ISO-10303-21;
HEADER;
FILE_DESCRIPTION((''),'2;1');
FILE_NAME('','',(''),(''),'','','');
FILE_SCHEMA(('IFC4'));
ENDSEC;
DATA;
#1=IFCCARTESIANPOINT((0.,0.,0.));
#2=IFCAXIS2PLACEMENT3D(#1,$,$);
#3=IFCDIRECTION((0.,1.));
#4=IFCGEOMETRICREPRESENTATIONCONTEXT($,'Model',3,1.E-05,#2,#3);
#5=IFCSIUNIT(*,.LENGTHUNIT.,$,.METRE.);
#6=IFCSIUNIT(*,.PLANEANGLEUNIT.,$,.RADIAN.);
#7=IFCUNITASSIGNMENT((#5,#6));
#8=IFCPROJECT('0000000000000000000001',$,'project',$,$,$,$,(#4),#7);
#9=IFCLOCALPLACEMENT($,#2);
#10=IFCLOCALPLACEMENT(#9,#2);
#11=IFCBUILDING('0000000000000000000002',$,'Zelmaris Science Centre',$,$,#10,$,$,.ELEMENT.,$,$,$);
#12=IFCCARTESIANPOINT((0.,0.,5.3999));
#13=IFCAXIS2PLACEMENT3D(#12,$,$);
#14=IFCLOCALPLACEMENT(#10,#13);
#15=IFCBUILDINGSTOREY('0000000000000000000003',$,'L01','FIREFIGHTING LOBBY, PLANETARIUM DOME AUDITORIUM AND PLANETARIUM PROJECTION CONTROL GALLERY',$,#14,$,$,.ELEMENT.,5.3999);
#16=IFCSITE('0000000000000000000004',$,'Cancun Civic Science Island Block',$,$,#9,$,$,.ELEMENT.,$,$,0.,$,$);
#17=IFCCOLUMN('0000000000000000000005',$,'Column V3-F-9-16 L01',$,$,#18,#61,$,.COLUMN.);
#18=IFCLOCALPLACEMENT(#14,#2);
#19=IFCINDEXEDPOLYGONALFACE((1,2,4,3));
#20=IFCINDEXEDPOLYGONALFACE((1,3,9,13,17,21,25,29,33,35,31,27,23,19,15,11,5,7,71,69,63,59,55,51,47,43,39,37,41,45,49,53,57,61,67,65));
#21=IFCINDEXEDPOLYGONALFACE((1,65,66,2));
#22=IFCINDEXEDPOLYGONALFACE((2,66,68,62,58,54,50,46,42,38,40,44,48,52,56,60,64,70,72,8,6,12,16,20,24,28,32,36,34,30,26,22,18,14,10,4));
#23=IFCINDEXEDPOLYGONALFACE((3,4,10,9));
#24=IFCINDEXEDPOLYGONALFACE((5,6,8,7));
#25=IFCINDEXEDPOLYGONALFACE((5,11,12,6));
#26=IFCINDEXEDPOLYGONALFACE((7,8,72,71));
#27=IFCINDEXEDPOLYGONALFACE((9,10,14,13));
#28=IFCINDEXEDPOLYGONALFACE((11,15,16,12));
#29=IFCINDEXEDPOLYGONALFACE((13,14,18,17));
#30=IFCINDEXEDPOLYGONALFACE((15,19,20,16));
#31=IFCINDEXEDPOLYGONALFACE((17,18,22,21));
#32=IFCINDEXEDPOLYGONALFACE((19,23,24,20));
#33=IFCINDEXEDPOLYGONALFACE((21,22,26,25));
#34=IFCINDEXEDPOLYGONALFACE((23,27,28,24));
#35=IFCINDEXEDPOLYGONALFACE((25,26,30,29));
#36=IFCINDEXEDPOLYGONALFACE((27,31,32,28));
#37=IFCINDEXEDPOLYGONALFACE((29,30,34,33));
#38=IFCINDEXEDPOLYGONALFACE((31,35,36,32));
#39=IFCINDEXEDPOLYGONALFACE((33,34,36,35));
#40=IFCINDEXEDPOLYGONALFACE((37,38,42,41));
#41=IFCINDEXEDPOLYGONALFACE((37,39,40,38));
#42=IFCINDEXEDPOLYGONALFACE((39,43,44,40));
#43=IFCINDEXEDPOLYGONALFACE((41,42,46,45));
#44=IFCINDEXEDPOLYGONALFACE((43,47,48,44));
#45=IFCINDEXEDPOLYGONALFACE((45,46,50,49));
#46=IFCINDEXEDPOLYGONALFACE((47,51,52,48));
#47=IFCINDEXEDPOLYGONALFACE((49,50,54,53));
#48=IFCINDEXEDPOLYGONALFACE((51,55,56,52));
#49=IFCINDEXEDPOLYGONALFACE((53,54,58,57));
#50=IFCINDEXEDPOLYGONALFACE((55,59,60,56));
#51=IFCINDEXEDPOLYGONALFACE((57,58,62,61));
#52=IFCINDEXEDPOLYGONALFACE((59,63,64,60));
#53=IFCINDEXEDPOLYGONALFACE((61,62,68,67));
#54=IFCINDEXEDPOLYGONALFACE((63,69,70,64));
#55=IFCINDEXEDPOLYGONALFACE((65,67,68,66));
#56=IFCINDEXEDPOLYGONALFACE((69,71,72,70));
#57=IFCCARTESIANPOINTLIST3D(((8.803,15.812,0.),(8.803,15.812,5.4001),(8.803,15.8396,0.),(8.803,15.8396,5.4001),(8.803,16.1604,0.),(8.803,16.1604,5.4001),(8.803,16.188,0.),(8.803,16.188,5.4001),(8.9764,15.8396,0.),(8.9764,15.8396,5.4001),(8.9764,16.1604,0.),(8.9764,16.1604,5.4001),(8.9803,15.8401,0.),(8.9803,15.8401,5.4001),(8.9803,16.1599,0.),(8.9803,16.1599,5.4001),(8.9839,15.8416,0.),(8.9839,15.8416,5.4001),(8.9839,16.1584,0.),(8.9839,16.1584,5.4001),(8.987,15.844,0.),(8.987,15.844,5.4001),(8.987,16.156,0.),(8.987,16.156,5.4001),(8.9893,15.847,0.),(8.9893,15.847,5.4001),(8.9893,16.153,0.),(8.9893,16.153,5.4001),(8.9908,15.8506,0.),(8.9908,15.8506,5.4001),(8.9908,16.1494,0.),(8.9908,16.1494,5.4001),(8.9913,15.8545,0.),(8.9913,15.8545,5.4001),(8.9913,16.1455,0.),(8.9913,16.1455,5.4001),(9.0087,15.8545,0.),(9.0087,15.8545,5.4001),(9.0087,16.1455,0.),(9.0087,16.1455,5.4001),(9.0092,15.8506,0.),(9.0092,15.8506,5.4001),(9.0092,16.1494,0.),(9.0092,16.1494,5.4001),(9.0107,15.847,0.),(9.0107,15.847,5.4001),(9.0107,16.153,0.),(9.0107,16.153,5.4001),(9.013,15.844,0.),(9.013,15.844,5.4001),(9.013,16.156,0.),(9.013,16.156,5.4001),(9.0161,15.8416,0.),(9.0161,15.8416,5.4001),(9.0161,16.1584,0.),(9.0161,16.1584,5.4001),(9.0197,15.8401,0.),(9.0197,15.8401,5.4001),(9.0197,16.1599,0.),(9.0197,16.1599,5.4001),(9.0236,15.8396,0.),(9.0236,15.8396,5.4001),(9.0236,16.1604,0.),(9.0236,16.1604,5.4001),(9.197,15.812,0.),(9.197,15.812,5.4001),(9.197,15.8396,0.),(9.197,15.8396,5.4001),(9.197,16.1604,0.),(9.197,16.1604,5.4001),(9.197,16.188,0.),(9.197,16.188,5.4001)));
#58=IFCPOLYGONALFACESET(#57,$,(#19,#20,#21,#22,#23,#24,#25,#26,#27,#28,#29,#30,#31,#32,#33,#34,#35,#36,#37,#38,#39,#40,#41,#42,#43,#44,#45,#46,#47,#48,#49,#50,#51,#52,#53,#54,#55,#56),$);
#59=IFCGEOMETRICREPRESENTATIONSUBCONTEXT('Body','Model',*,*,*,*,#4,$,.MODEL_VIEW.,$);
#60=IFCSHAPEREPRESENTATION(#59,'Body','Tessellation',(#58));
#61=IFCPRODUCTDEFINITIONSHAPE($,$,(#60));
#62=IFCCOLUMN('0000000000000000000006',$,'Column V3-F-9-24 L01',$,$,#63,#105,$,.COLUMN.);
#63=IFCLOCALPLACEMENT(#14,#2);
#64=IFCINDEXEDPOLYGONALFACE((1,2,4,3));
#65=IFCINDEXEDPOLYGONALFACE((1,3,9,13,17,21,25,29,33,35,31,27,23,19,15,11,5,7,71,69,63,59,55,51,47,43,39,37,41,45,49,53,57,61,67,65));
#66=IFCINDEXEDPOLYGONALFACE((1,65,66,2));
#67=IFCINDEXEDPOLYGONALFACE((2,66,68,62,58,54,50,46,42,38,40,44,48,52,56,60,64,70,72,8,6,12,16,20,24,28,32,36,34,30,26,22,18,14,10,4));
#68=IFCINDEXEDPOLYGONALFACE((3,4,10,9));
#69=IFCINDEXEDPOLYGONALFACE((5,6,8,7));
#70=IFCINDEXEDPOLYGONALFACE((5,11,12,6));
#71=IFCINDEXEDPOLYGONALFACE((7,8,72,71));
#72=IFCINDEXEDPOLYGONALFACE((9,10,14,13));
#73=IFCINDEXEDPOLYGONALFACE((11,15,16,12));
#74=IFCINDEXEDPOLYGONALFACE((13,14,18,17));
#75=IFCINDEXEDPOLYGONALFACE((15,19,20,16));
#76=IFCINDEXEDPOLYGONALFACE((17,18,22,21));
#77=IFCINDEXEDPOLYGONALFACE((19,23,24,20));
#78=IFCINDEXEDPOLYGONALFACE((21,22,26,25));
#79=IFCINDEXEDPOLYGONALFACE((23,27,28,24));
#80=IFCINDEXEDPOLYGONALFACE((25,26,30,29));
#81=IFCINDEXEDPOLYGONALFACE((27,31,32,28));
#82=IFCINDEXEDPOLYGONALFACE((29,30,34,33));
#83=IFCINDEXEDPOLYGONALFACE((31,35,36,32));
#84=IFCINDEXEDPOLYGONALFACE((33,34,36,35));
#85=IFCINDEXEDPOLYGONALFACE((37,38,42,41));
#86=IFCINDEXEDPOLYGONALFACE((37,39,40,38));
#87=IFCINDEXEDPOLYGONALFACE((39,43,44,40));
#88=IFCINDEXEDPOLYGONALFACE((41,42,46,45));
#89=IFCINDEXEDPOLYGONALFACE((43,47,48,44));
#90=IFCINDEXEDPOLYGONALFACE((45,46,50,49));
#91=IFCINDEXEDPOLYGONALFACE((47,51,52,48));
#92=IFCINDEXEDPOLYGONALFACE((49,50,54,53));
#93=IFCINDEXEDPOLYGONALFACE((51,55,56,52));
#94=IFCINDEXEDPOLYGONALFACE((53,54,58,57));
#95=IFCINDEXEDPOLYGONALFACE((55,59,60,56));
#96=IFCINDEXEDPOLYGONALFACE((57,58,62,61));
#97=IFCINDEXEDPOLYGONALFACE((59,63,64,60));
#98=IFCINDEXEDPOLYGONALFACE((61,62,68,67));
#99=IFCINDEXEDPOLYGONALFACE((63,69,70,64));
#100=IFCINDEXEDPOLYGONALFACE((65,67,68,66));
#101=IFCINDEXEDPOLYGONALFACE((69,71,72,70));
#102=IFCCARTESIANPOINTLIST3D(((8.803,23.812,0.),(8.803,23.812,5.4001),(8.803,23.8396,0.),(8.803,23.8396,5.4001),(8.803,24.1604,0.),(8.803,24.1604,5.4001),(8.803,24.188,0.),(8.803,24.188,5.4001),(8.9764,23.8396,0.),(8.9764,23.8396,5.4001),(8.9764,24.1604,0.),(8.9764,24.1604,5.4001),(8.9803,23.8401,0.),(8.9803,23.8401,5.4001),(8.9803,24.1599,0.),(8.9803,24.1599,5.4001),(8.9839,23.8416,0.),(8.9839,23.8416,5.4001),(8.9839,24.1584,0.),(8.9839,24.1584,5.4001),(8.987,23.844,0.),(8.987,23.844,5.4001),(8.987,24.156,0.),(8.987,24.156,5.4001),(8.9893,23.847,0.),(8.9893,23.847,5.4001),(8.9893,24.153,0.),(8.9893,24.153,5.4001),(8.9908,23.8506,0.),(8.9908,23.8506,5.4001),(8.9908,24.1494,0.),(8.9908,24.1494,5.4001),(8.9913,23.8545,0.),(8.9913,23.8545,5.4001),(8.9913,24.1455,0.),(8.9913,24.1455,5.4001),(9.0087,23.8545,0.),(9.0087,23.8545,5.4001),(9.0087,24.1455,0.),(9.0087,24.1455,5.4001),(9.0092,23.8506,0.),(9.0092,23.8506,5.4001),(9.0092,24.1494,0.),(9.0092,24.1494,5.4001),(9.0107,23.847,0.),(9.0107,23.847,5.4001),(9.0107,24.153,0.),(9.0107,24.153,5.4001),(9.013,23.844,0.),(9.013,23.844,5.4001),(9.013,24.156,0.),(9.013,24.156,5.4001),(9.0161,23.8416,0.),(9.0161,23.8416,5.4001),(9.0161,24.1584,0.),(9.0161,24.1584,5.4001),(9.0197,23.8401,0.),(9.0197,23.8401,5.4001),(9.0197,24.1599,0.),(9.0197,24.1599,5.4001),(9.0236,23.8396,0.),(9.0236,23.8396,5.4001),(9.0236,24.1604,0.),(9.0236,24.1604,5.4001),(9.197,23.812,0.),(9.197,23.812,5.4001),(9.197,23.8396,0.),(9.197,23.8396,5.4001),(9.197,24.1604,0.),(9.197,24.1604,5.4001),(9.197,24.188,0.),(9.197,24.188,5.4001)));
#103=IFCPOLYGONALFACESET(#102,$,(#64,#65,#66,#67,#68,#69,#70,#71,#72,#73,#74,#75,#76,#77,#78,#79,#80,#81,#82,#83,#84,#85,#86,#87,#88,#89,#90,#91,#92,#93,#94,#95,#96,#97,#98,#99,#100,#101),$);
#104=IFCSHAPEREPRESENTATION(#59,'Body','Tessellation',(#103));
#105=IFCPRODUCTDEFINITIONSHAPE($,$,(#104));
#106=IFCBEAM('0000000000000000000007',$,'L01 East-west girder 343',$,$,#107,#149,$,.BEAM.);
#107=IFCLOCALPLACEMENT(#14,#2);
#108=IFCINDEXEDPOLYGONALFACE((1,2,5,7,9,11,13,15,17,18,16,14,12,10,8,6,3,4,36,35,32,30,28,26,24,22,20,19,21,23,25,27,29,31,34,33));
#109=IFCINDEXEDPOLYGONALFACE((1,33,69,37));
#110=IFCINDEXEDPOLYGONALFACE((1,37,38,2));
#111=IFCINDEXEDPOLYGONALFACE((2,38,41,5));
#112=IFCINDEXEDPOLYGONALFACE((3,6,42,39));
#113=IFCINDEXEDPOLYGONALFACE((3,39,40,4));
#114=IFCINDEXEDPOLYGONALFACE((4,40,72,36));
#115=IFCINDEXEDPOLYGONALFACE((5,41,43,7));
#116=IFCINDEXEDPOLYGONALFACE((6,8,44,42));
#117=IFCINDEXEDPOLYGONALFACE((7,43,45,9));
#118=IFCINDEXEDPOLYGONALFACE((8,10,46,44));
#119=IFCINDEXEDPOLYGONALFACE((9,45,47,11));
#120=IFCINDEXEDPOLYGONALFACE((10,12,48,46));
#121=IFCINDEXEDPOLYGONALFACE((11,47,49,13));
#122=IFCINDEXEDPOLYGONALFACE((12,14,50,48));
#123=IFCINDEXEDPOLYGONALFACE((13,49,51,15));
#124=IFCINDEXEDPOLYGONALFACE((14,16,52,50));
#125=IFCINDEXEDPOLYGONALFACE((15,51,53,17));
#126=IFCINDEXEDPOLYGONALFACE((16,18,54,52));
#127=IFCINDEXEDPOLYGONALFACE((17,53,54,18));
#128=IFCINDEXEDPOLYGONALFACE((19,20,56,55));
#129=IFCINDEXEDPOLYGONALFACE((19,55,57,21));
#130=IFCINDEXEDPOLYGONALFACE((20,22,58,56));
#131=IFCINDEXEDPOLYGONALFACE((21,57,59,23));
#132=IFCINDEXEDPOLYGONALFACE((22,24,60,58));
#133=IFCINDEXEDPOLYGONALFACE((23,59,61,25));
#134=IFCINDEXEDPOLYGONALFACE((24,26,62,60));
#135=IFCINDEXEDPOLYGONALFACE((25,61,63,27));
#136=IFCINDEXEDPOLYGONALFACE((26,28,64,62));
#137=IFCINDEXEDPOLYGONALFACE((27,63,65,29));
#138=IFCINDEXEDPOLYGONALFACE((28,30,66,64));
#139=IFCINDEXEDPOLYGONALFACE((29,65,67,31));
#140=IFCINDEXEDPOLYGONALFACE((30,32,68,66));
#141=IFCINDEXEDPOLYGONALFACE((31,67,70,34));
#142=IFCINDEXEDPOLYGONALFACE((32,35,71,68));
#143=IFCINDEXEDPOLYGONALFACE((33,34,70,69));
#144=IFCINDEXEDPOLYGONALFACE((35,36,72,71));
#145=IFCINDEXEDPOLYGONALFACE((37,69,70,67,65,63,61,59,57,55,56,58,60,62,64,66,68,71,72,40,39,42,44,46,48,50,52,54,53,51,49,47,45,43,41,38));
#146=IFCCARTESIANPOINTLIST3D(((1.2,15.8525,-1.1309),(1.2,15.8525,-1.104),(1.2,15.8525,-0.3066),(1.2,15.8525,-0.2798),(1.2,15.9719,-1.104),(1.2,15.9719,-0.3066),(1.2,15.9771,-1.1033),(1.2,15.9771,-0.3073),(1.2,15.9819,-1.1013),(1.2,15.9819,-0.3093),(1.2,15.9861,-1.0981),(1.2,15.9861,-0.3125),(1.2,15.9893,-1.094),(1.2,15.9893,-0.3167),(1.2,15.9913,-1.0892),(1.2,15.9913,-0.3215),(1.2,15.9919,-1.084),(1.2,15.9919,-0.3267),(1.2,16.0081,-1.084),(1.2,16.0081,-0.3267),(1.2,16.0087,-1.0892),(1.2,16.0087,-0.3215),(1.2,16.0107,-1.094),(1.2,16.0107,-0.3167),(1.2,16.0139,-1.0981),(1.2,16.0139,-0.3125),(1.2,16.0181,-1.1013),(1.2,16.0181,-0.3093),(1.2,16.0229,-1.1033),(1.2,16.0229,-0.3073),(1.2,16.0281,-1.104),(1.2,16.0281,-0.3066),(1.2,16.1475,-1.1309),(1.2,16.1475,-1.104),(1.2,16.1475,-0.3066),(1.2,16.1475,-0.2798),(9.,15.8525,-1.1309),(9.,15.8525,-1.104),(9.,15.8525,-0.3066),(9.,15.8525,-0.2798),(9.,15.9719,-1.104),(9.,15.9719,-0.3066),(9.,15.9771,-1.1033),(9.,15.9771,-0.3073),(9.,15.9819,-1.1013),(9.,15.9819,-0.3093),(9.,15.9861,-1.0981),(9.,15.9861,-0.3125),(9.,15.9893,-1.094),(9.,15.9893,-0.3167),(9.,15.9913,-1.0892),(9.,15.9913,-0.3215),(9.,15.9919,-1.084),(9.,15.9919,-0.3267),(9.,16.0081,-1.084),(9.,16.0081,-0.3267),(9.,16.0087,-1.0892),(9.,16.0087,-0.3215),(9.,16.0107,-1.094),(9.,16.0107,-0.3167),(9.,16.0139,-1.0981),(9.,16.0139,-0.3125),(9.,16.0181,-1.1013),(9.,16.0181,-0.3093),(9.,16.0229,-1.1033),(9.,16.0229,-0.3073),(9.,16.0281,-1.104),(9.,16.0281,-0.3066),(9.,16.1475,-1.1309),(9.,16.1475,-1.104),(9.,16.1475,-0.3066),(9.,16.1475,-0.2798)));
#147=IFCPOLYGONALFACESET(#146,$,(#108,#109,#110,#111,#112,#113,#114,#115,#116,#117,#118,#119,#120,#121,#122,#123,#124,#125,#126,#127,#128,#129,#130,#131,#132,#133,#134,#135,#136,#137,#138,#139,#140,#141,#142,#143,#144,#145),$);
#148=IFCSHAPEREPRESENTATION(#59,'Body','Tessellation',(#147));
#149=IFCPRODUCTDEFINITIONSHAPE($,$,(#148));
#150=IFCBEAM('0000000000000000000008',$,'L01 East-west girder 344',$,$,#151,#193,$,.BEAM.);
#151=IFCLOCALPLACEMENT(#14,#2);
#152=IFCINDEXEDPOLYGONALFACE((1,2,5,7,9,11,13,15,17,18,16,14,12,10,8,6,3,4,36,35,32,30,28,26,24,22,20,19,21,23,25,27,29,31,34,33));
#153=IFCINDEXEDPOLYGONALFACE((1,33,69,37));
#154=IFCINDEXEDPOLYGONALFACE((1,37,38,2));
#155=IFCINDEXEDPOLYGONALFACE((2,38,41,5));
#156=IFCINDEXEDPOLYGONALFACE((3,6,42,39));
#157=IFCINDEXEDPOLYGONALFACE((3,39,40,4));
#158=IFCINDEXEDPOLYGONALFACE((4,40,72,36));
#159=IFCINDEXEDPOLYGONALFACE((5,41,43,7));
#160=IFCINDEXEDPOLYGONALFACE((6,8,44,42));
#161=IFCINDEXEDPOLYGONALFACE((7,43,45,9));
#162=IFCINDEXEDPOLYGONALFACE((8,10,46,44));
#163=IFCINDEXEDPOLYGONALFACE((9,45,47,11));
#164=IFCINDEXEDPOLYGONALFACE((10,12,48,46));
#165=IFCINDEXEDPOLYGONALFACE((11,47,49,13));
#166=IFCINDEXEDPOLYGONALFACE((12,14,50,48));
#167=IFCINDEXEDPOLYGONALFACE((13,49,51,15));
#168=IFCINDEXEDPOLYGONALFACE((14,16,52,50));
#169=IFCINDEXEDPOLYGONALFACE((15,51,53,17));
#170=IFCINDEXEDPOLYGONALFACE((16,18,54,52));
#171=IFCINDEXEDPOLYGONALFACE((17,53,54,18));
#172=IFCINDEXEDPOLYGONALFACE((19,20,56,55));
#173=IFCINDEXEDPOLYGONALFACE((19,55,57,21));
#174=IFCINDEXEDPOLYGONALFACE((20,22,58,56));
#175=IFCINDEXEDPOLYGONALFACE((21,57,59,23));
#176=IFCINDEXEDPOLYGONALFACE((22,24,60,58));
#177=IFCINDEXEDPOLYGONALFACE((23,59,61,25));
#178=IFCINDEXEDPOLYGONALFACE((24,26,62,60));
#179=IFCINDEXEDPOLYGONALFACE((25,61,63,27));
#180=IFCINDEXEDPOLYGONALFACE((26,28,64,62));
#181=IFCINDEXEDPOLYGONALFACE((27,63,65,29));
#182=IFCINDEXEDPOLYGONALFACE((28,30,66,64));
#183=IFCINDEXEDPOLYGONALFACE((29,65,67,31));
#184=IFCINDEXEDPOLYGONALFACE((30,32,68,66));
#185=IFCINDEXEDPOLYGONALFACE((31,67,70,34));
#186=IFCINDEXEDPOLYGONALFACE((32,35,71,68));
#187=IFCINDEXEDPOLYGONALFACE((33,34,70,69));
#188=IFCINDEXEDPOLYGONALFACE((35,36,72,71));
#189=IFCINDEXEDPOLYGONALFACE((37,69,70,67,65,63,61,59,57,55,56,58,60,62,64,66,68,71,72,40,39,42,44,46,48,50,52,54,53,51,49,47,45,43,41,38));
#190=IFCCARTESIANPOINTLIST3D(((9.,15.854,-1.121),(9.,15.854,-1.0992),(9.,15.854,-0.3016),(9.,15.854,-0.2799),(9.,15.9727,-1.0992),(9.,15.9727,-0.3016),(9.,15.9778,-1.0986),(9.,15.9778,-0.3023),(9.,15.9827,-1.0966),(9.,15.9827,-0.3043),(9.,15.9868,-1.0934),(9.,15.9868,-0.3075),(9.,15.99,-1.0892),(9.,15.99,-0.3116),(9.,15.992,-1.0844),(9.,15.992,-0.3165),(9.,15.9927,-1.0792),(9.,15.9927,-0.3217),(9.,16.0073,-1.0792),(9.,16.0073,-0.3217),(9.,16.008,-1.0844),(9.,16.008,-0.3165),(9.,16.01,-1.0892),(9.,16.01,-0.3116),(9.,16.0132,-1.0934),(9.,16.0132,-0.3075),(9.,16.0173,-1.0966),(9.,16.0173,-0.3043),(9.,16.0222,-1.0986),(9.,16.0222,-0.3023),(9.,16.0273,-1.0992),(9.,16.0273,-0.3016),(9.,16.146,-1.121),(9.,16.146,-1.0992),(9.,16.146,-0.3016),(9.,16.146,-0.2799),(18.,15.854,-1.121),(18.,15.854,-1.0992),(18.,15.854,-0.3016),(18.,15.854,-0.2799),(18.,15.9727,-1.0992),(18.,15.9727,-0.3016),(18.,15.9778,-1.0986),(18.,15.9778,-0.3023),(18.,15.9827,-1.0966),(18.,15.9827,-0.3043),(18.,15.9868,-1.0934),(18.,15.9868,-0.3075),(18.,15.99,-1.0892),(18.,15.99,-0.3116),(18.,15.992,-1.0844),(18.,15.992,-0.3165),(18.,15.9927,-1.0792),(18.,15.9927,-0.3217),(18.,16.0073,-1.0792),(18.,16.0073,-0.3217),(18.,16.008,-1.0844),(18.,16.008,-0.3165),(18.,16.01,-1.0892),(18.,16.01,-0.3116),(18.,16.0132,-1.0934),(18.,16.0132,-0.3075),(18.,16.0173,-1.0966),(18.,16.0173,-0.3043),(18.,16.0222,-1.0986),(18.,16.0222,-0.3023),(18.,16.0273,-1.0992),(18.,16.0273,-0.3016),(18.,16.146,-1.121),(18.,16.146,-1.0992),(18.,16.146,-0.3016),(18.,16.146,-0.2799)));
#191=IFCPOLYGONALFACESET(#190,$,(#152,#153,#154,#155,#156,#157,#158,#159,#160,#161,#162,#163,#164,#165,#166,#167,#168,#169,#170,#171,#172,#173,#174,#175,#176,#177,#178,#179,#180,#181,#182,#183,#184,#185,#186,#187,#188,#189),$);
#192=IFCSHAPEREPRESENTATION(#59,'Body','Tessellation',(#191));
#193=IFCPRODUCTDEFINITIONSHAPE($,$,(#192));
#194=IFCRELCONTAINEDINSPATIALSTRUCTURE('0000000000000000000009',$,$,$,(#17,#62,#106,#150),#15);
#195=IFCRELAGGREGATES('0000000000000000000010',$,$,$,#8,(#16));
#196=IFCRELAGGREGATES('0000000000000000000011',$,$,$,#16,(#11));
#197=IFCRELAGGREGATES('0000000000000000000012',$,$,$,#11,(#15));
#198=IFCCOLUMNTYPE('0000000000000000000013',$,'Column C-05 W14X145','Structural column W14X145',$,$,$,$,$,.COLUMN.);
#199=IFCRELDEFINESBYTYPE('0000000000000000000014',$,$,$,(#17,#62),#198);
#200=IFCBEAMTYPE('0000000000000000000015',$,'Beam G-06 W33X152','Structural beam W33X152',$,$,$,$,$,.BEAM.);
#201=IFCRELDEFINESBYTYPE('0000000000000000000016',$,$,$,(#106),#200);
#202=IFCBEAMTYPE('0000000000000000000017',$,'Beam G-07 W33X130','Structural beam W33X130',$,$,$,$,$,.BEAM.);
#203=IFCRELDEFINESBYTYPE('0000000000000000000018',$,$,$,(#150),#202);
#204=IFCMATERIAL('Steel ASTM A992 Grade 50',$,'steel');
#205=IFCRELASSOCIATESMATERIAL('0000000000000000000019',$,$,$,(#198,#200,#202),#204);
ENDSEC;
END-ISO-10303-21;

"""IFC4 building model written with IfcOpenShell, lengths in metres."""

from ifc_helpers import new_model, si_unit, direction, frame, origin, origin_2d, place, context, subcontext, project, spatial, i_section, extrude, material, material_profile, profile_set, type_object, element, save


model = new_model("IFC4")

# Units and contexts
model_context = context("Model", 3, precision=1e-05, world=origin(), true_north=direction((0.0, 1.0)))
body_context = subcontext(model_context, "Body", "Model", "MODEL_VIEW")
ifc_project = project(units=[si_unit("LENGTHUNIT", "METRE"), si_unit("PLANEANGLEUNIT", "RADIAN")], contexts=[model_context])

# Site, building, storey
site_placement = place(None, origin())
site = spatial("IfcSite", under=ifc_project, at=site_placement, Name="Cancun Civic Science Island Block", CompositionType="ELEMENT", RefElevation=0.0)
building_placement = place(site_placement, origin())
building = spatial("IfcBuilding", under=site, at=building_placement, Name="Zelmaris Science Centre", CompositionType="ELEMENT")
storey_placement = place(building_placement, frame((0.0, 0.0, 5.3999)))
storey = spatial("IfcBuildingStorey", under=building, at=storey_placement, Name="L01", Description="FIREFIGHTING LOBBY, PLANETARIUM DOME AUDITORIUM AND PLANETARIUM PROJECTION CONTROL GALLERY", CompositionType="ELEMENT", Elevation=5.3999)

# Columns
ifc_material_1 = material(Name="Steel ASTM A992 Grade 50", Category="steel")
ifc_material_profile_1 = material_profile(ifc_material_1, i_section(OverallWidth=0.394, OverallDepth=0.376, WebThickness=0.0173, FlangeThickness=0.0276, FilletRadius=0.0149, at=origin_2d()), Name="W14X145")
ifc_profile_set_1 = profile_set([ifc_material_profile_1], Name="Steel ASTM A992 Grade 50")
column_type = type_object("IfcColumnType", Name="Column C-05 W14X145", Description="Structural column W14X145", PredefinedType="COLUMN", material=ifc_profile_set_1)
for number, where, z_axis, x_axis, name in (
    (1, (9.0, 16.0, 0.0), (0.0, 0.0, 1.0), (1.0, 0.0, 0.0), "Column V3-F-9-16 L01"),
    (2, (9.0, 24.0, 0.0), (0.0, 0.0, 1.0), (1.0, 0.0, 0.0), "Column V3-F-9-24 L01"),
):
    element("IfcColumn", number, at=place(storey_placement, frame(where, z_axis=z_axis, x_axis=x_axis)), inside=storey, type_object=column_type, Name=name, PredefinedType="COLUMN", context=body_context, shape_type="SweptSolid", body=[
        extrude(i_section(OverallWidth=0.394, OverallDepth=0.376, WebThickness=0.0173, FlangeThickness=0.0276, FilletRadius=0.0149, at=origin_2d()), origin(), (0.0, 0.0, 1.0), 5.4001),
    ])

# Beams
ifc_material_profile_2 = material_profile(ifc_material_1, i_section(OverallWidth=0.2949, OverallDepth=0.8511, WebThickness=0.0161, FlangeThickness=0.0269, FilletRadius=0.02, at=origin_2d()), Name="W33X152")
ifc_profile_set_2 = profile_set([ifc_material_profile_2], Name="Steel ASTM A992 Grade 50")
beam_type_1 = type_object("IfcBeamType", Name="Beam G-06 W33X152", Description="Structural beam W33X152", PredefinedType="BEAM", material=ifc_profile_set_2)
beam_1_placement = place(storey_placement, frame((1.2, 16.0, -0.7053), z_axis=(1.0, 0.0, 0.0), x_axis=(0.0, 1.0, 0.0)))
element("IfcBeam", 3, at=beam_1_placement, inside=storey, type_object=beam_type_1, Name="L01 East-west girder 343", PredefinedType="BEAM", context=body_context, shape_type="SweptSolid", body=[
    extrude(i_section(OverallWidth=0.2949, OverallDepth=0.8511, WebThickness=0.0161, FlangeThickness=0.0269, FilletRadius=0.02, at=origin_2d()), origin(), (0.0, 0.0, 1.0), 7.8),
])
ifc_material_profile_3 = material_profile(ifc_material_1, i_section(OverallWidth=0.292, OverallDepth=0.8411, WebThickness=0.0146, FlangeThickness=0.0217, FilletRadius=0.02, at=origin_2d()), Name="W33X130")
ifc_profile_set_3 = profile_set([ifc_material_profile_3], Name="Steel ASTM A992 Grade 50")
beam_type_2 = type_object("IfcBeamType", Name="Beam G-07 W33X130", Description="Structural beam W33X130", PredefinedType="BEAM", material=ifc_profile_set_3)
beam_2_placement = place(storey_placement, frame((9.0, 16.0, -0.7004), z_axis=(1.0, 0.0, 0.0), x_axis=(0.0, 1.0, 0.0)))
element("IfcBeam", 4, at=beam_2_placement, inside=storey, type_object=beam_type_2, Name="L01 East-west girder 344", PredefinedType="BEAM", context=body_context, shape_type="SweptSolid", body=[
    extrude(i_section(OverallWidth=0.292, OverallDepth=0.8411, WebThickness=0.0146, FlangeThickness=0.0217, FilletRadius=0.02, at=origin_2d()), origin(), (0.0, 0.0, 1.0), 9.0),
])

save(model, "model.ifc")
